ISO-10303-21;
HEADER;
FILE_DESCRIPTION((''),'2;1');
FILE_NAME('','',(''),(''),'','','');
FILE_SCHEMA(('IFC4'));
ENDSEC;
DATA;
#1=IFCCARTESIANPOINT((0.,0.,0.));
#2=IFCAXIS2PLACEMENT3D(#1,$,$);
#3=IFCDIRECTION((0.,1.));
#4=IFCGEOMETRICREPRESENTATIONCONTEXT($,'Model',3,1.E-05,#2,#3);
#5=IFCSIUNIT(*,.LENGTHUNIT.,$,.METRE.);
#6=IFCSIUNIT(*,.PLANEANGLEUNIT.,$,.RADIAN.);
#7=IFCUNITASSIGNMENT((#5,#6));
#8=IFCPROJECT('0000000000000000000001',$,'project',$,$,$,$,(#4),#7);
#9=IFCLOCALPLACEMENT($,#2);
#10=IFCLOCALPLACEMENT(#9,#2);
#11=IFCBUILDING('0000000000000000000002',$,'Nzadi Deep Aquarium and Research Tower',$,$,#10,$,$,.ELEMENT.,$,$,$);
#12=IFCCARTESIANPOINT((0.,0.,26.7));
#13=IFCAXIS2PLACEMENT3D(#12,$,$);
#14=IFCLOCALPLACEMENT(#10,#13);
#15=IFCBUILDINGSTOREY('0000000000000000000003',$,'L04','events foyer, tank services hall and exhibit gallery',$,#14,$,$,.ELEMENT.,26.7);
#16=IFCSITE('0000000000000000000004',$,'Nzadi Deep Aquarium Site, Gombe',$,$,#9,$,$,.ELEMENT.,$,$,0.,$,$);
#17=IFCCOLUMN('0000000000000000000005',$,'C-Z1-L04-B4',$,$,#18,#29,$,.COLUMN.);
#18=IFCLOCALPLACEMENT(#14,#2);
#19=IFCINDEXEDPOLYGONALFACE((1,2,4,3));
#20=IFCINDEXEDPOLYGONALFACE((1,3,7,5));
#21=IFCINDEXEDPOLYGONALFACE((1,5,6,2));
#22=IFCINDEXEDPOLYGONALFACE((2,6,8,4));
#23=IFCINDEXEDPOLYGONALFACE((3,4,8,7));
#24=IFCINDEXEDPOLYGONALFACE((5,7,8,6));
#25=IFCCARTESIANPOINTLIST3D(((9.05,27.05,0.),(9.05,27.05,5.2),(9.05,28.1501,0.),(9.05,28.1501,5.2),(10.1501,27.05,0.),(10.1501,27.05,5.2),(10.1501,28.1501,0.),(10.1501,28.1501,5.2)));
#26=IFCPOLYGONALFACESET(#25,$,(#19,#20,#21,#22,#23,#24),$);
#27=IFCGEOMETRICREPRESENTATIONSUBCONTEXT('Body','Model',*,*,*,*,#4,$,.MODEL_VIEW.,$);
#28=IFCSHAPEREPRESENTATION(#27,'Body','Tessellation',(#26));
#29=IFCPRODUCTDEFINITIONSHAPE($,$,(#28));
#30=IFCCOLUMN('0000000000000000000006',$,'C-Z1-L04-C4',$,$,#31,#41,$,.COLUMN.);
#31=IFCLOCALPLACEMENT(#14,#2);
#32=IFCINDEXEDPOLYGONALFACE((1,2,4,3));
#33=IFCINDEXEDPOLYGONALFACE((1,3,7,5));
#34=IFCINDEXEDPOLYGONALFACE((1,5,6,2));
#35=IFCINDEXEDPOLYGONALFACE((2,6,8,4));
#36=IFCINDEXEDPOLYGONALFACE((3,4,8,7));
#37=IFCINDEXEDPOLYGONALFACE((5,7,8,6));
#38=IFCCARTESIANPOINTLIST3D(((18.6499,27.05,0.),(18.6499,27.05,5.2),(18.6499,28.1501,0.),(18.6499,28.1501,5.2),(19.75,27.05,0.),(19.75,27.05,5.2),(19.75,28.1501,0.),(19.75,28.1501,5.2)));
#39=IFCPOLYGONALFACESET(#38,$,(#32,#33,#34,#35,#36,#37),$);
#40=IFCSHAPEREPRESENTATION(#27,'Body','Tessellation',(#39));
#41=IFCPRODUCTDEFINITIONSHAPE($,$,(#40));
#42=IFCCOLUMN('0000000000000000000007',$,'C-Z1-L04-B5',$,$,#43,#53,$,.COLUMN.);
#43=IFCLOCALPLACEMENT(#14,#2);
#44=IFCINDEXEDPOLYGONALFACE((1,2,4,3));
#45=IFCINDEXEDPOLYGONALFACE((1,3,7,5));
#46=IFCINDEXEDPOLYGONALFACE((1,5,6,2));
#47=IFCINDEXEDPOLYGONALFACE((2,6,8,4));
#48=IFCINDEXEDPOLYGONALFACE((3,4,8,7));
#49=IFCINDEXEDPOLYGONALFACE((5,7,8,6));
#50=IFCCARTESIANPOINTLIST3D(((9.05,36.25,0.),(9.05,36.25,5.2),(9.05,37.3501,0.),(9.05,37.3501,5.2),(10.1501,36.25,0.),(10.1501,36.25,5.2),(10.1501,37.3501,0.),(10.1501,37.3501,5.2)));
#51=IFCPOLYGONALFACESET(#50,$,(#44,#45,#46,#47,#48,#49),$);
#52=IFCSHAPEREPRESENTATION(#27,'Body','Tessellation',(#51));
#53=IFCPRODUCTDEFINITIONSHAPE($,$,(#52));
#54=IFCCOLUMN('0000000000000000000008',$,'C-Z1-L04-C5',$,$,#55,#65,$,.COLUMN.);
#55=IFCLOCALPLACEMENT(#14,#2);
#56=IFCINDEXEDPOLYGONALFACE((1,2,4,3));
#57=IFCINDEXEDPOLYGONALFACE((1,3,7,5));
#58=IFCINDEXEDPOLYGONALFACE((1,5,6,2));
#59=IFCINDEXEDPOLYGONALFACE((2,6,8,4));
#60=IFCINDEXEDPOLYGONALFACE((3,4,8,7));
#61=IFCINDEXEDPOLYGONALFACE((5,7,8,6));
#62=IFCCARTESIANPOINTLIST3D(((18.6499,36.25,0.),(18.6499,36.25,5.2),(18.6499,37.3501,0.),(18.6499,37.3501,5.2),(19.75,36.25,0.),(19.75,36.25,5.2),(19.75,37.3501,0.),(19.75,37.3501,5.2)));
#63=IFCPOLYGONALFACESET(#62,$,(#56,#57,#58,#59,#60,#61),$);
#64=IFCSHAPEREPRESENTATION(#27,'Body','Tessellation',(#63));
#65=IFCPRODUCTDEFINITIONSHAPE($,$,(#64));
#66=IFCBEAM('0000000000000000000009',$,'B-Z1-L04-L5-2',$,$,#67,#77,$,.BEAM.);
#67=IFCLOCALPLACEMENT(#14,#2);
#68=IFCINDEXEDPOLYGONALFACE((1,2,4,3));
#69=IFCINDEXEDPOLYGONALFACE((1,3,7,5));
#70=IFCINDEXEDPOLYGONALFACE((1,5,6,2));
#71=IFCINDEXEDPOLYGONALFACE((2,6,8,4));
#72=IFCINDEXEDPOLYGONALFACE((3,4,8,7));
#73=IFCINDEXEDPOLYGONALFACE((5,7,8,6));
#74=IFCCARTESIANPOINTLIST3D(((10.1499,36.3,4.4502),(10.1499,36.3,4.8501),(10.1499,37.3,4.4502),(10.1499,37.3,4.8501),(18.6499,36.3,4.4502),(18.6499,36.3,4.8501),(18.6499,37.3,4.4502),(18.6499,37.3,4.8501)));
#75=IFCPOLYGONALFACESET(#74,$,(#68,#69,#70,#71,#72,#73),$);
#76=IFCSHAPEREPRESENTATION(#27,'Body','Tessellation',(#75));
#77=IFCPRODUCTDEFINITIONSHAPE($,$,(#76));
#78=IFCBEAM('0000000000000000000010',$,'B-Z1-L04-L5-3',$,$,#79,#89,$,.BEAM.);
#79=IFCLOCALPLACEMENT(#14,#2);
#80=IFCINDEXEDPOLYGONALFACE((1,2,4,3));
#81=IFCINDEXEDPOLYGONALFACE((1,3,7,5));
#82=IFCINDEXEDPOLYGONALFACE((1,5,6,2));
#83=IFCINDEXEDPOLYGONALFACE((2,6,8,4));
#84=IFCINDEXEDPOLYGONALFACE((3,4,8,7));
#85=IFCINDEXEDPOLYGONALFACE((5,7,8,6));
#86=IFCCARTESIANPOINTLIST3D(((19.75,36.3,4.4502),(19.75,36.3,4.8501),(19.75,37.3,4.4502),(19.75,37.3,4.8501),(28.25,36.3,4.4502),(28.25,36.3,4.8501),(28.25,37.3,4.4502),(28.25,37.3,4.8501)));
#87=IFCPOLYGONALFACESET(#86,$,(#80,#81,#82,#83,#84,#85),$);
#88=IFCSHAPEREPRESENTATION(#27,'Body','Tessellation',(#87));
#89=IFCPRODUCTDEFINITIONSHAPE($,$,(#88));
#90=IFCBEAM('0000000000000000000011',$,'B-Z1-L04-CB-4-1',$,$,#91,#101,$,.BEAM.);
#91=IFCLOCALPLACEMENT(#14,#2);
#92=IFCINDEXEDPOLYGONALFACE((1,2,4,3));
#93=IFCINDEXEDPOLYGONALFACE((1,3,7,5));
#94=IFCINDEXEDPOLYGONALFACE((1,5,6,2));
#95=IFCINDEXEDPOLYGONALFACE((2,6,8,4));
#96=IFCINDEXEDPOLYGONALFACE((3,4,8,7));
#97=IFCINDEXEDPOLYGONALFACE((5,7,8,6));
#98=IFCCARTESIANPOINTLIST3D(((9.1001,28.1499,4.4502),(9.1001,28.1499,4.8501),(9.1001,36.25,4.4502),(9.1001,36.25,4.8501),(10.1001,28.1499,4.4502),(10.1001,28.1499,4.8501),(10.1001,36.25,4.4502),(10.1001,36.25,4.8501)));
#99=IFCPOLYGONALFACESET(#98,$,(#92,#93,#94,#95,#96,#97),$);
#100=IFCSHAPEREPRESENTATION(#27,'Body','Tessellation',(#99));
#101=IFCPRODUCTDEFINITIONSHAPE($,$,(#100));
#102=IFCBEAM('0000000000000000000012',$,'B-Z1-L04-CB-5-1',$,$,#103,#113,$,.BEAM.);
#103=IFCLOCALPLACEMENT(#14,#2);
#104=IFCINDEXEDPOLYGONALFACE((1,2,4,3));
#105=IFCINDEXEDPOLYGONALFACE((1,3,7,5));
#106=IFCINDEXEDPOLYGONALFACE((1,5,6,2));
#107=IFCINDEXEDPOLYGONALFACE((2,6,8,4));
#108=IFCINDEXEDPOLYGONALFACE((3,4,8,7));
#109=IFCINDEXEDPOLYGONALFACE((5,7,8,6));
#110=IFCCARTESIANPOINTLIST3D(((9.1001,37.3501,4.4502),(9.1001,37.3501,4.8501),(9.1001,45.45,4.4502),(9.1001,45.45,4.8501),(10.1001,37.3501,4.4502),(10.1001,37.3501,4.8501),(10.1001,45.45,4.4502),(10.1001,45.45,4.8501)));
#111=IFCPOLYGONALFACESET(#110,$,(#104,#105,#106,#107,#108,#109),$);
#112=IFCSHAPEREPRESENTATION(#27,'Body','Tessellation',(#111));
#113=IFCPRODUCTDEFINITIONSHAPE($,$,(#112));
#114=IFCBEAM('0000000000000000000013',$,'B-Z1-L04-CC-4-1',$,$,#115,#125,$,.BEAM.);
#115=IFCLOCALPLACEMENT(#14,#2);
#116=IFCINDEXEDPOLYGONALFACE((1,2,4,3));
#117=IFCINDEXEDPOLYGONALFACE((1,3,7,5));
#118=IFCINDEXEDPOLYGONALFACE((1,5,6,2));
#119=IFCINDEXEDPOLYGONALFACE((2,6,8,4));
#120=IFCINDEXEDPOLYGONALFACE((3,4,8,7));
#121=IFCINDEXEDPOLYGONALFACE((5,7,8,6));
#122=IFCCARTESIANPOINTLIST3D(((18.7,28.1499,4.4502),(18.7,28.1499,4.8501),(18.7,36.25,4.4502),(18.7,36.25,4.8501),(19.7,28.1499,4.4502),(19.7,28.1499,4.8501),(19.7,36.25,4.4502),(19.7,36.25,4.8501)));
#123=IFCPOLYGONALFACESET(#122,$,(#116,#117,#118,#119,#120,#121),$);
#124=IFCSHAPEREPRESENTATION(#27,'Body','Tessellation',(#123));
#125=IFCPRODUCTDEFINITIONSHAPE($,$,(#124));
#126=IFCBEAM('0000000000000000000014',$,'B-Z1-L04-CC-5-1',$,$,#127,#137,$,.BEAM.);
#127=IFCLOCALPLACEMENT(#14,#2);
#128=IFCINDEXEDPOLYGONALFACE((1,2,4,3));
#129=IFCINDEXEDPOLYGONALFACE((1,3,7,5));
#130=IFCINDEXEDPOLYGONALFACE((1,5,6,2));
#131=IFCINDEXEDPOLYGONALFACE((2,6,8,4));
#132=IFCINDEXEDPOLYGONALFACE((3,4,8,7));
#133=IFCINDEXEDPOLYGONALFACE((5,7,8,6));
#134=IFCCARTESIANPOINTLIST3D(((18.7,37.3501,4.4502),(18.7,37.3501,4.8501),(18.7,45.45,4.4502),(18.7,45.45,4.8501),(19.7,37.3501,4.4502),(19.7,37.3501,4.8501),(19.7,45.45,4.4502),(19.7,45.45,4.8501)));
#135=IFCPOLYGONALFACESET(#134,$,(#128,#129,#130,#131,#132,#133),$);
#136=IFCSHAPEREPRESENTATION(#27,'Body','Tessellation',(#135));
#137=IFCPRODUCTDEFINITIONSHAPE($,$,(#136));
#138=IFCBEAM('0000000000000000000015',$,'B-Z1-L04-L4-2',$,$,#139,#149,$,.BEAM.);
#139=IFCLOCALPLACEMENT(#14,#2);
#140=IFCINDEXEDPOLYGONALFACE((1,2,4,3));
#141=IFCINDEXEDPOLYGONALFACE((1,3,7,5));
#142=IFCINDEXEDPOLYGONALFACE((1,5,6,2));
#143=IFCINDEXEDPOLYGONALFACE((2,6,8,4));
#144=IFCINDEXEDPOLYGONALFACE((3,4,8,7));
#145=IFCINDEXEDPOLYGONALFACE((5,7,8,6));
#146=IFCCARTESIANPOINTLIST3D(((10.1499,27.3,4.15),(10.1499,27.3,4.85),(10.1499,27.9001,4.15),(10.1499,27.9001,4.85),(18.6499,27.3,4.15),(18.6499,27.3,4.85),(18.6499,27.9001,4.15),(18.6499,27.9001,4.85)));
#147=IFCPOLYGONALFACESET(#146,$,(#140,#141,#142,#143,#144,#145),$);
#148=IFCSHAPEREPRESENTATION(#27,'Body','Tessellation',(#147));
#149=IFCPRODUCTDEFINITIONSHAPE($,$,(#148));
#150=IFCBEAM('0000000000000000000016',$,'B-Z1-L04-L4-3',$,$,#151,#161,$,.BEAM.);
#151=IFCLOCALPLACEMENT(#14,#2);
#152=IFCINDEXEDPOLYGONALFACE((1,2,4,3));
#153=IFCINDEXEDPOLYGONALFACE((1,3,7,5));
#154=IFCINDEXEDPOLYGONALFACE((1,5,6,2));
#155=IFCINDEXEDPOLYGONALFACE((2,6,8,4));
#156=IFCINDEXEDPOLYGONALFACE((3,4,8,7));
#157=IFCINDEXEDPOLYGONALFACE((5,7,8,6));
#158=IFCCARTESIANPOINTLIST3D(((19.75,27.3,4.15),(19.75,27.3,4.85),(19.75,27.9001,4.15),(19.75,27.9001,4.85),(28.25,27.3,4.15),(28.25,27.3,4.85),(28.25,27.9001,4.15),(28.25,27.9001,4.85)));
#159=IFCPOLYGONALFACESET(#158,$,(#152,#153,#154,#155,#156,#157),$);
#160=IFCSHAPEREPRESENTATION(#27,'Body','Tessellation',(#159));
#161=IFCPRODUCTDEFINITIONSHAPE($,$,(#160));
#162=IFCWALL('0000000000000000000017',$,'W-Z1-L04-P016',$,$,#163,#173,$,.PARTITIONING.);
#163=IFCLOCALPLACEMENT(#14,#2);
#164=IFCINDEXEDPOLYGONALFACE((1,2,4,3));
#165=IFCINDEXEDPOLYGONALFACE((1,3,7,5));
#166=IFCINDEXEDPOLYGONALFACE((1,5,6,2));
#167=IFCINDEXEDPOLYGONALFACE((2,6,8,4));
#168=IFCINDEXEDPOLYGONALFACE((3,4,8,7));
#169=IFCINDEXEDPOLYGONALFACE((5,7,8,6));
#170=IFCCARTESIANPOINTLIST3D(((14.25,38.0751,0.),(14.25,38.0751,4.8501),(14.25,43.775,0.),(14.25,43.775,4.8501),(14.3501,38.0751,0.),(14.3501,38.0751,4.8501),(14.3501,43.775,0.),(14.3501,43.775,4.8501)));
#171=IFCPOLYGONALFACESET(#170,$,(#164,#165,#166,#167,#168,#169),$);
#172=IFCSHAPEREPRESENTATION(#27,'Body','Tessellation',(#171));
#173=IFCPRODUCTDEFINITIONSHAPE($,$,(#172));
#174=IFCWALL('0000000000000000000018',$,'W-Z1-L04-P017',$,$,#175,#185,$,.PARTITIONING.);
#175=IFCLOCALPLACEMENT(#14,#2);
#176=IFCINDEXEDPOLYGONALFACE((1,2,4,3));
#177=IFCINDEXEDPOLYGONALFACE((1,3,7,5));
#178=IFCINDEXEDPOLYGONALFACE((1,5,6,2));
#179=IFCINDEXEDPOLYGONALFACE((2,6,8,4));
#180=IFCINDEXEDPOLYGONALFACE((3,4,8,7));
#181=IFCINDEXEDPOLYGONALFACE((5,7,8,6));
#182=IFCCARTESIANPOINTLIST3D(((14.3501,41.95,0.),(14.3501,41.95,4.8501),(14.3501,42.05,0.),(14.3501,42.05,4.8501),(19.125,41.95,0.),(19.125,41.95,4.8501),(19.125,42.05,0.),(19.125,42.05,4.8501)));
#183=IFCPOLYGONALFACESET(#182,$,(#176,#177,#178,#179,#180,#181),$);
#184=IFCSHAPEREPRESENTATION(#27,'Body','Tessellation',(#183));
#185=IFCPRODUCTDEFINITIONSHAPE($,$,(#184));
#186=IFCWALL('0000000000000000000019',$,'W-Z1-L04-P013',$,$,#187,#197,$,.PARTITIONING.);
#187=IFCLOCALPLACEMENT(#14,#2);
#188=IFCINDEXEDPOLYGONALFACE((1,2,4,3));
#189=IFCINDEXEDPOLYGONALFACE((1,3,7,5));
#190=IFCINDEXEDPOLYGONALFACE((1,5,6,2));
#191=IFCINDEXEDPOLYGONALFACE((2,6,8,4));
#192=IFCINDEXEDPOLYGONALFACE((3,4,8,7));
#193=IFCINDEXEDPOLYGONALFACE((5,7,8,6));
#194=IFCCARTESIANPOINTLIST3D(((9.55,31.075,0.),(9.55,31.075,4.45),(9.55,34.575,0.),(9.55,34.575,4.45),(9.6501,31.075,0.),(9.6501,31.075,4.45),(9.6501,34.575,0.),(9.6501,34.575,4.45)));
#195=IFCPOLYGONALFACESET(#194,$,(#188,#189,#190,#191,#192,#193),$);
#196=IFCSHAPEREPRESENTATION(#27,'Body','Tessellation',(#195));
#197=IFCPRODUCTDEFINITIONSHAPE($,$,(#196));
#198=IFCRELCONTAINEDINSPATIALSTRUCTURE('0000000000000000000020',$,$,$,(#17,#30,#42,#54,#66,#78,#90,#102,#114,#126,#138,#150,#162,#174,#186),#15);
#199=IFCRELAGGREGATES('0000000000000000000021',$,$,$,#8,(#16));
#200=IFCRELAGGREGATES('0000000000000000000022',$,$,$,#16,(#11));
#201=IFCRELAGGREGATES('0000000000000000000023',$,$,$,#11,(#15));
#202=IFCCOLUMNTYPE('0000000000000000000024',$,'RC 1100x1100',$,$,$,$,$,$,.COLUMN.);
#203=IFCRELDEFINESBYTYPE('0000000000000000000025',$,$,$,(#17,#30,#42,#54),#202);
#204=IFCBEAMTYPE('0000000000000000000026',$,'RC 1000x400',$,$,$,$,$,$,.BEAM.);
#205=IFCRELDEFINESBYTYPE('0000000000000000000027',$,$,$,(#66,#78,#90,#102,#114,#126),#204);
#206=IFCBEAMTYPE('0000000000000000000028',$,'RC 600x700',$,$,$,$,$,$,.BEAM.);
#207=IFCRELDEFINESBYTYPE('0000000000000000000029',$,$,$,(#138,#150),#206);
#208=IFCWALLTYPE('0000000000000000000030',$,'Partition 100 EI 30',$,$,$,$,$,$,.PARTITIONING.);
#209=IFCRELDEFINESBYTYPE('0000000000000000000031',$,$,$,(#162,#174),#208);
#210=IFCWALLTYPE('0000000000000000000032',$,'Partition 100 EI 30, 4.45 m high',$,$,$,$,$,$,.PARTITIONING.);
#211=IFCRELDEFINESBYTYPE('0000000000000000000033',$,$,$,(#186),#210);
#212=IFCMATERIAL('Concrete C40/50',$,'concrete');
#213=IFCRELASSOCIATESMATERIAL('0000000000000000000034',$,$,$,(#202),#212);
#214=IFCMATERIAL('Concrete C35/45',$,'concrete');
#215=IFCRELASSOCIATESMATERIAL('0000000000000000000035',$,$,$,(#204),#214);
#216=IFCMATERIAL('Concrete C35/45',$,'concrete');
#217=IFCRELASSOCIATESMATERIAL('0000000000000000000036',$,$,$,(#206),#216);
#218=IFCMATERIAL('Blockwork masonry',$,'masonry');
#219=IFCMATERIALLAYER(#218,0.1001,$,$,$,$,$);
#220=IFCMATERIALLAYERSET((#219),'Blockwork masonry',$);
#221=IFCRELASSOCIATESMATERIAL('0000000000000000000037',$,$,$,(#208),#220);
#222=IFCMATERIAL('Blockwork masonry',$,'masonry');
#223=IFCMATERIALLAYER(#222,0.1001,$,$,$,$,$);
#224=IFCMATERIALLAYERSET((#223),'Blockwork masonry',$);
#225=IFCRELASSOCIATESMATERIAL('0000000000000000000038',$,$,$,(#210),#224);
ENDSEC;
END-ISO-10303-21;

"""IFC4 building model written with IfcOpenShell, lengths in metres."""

from ifc_helpers import new_model, si_unit, direction, frame, frame_2d, origin, origin_2d, place, context, subcontext, project, spatial, rectangle, extrude, material, layer, layer_set, material_profile, profile_set, type_object, element, save


model = new_model("IFC4")

# Units and contexts
model_context = context("Model", 3, precision=1e-05, world=origin(), true_north=direction((0.0, 1.0)))
body_context = subcontext(model_context, "Body", "Model", "MODEL_VIEW")
ifc_project = project(units=[si_unit("LENGTHUNIT", "METRE"), si_unit("PLANEANGLEUNIT", "RADIAN")], contexts=[model_context])

# Site, building, storey
site_placement = place(None, origin())
site = spatial("IfcSite", under=ifc_project, at=site_placement, Name="Nzadi Deep Aquarium Site, Gombe", CompositionType="ELEMENT", RefElevation=0.0)
building_placement = place(site_placement, origin())
building = spatial("IfcBuilding", under=site, at=building_placement, Name="Nzadi Deep Aquarium and Research Tower", CompositionType="ELEMENT")
storey_placement = place(building_placement, frame((0.0, 0.0, 26.7)))
storey = spatial("IfcBuildingStorey", under=building, at=storey_placement, Name="L04", Description="events foyer, tank services hall and exhibit gallery", CompositionType="ELEMENT", Elevation=26.7)

# Columns
ifc_material_1 = material(Name="Concrete C40/50", Category="concrete")
ifc_material_profile_1 = material_profile(ifc_material_1, rectangle(XDim=1.1001, YDim=1.1001, at=origin_2d()))
ifc_profile_set_1 = profile_set([ifc_material_profile_1], Name="Concrete C40/50")
column_type = type_object("IfcColumnType", Name="RC 1100x1100", PredefinedType="COLUMN", material=ifc_profile_set_1)
for number, where, z_axis, x_axis, name in (
    (1, (9.6001, 27.6001, 0.0), (0.0, 0.0, 1.0), (1.0, 0.0, 0.0), "C-Z1-L04-B4"),
    (2, (19.2, 27.6001, 0.0), (0.0, 0.0, 1.0), (1.0, 0.0, 0.0), "C-Z1-L04-C4"),
    (3, (9.6001, 36.8, 0.0), (0.0, 0.0, 1.0), (1.0, 0.0, 0.0), "C-Z1-L04-B5"),
    (4, (19.2, 36.8, 0.0), (0.0, 0.0, 1.0), (1.0, 0.0, 0.0), "C-Z1-L04-C5"),
):
    element("IfcColumn", number, at=place(storey_placement, frame(where, z_axis=z_axis, x_axis=x_axis)), inside=storey, type_object=column_type, Name=name, PredefinedType="COLUMN", context=body_context, shape_type="SweptSolid", body=[
        extrude(rectangle(XDim=1.1001, YDim=1.1001, at=origin_2d()), origin(), (0.0, 0.0, 1.0), 5.2),
    ])

# Beams
ifc_material_2 = material(Name="Concrete C35/45", Category="concrete")
ifc_material_profile_2 = material_profile(ifc_material_2, rectangle(XDim=1.0, YDim=0.3999, at=origin_2d()))
ifc_profile_set_2 = profile_set([ifc_material_profile_2], Name="Concrete C35/45")
beam_type_1 = type_object("IfcBeamType", Name="RC 1000x400", PredefinedType="BEAM", material=ifc_profile_set_2)
for number, where, z_axis, x_axis, name in (
    (5, (10.1499, 36.8, 4.6501), (1.0, 0.0, 0.0), (0.0, 1.0, 0.0), "B-Z1-L04-L5-2"),
    (6, (19.75, 36.8, 4.6501), (1.0, 0.0, 0.0), (0.0, 1.0, 0.0), "B-Z1-L04-L5-3"),
):
    element("IfcBeam", number, at=place(storey_placement, frame(where, z_axis=z_axis, x_axis=x_axis)), inside=storey, type_object=beam_type_1, Name=name, PredefinedType="BEAM", context=body_context, shape_type="SweptSolid", body=[
        extrude(rectangle(XDim=1.0, YDim=0.3999, at=origin_2d()), origin(), (0.0, 0.0, 1.0), 8.5),
    ])
beam_1_placement = place(storey_placement, frame((9.6001, 28.1499, 4.6501), z_axis=(0.0, 1.0, 0.0), x_axis=(-1.0, 0.0, 0.0)))
element("IfcBeam", 7, at=beam_1_placement, inside=storey, type_object=beam_type_1, Name="B-Z1-L04-CB-4-1", PredefinedType="BEAM", context=body_context, shape_type="SweptSolid", body=[
    extrude(rectangle(XDim=1.0, YDim=0.3999, at=origin_2d()), origin(), (0.0, 0.0, 1.0), 8.1001),
])
beam_2_placement = place(storey_placement, frame((9.6001, 37.3501, 4.6501), z_axis=(0.0, 1.0, 0.0), x_axis=(-1.0, 0.0, 0.0)))
element("IfcBeam", 8, at=beam_2_placement, inside=storey, type_object=beam_type_1, Name="B-Z1-L04-CB-5-1", PredefinedType="BEAM", context=body_context, shape_type="SweptSolid", body=[
    extrude(rectangle(XDim=1.0, YDim=0.3999, at=origin_2d()), origin(), (0.0, 0.0, 1.0), 8.0999),
])
beam_3_placement = place(storey_placement, frame((19.2, 28.1499, 4.6501), z_axis=(0.0, 1.0, 0.0), x_axis=(-1.0, 0.0, 0.0)))
element("IfcBeam", 9, at=beam_3_placement, inside=storey, type_object=beam_type_1, Name="B-Z1-L04-CC-4-1", PredefinedType="BEAM", context=body_context, shape_type="SweptSolid", body=[
    extrude(rectangle(XDim=1.0, YDim=0.3999, at=origin_2d()), origin(), (0.0, 0.0, 1.0), 8.1001),
])
beam_4_placement = place(storey_placement, frame((19.2, 37.3501, 4.6501), z_axis=(0.0, 1.0, 0.0), x_axis=(-1.0, 0.0, 0.0)))
element("IfcBeam", 10, at=beam_4_placement, inside=storey, type_object=beam_type_1, Name="B-Z1-L04-CC-5-1", PredefinedType="BEAM", context=body_context, shape_type="SweptSolid", body=[
    extrude(rectangle(XDim=1.0, YDim=0.3999, at=origin_2d()), origin(), (0.0, 0.0, 1.0), 8.0999),
])
ifc_material_3 = material(Name="Concrete C35/45", Category="concrete")
ifc_material_profile_3 = material_profile(ifc_material_3, rectangle(XDim=0.6001, YDim=0.7, at=origin_2d()))
ifc_profile_set_3 = profile_set([ifc_material_profile_3], Name="Concrete C35/45")
beam_type_2 = type_object("IfcBeamType", Name="RC 600x700", PredefinedType="BEAM", material=ifc_profile_set_3)
for number, where, z_axis, x_axis, name in (
    (11, (10.1499, 27.6001, 4.5), (1.0, 0.0, 0.0), (0.0, 1.0, 0.0), "B-Z1-L04-L4-2"),
    (12, (19.75, 27.6001, 4.5), (1.0, 0.0, 0.0), (0.0, 1.0, 0.0), "B-Z1-L04-L4-3"),
):
    element("IfcBeam", number, at=place(storey_placement, frame(where, z_axis=z_axis, x_axis=x_axis)), inside=storey, type_object=beam_type_2, Name=name, PredefinedType="BEAM", context=body_context, shape_type="SweptSolid", body=[
        extrude(rectangle(XDim=0.6001, YDim=0.7, at=origin_2d()), origin(), (0.0, 0.0, 1.0), 8.5),
    ])

# Walls
ifc_material_4 = material(Name="Blockwork masonry", Category="masonry")
ifc_layer_1 = layer(ifc_material_4, 0.1001)
ifc_layer_set_1 = layer_set([ifc_layer_1], Name="Blockwork masonry")
wall_type_1 = type_object("IfcWallType", Name="Partition 100 EI 30", PredefinedType="PARTITIONING", material=ifc_layer_set_1)
wall_1_placement = place(storey_placement, frame((14.3, 38.075, 0.0), z_axis=(0.0, 0.0, 1.0), x_axis=(0.0, 1.0, 0.0)))
element("IfcWall", 13, at=wall_1_placement, inside=storey, type_object=wall_type_1, Name="W-Z1-L04-P016", PredefinedType="PARTITIONING", context=body_context, shape_type="SweptSolid", body=[
    extrude(rectangle(XDim=5.7, YDim=0.1001, at=frame_2d((2.8501, 0.0))), origin(), (0.0, 0.0, 1.0), 4.8501),
])
wall_2_placement = place(storey_placement, frame((14.3501, 42.0, 0.0), z_axis=(0.0, 0.0, 1.0), x_axis=(1.0, 0.0, 0.0)))
element("IfcWall", 14, at=wall_2_placement, inside=storey, type_object=wall_type_1, Name="W-Z1-L04-P017", PredefinedType="PARTITIONING", context=body_context, shape_type="SweptSolid", body=[
    extrude(rectangle(XDim=4.7749, YDim=0.1001, at=frame_2d((2.3875, 0.0))), origin(), (0.0, 0.0, 1.0), 4.8501),
])
ifc_material_5 = material(Name="Blockwork masonry", Category="masonry")
ifc_layer_2 = layer(ifc_material_5, 0.1001)
ifc_layer_set_2 = layer_set([ifc_layer_2], Name="Blockwork masonry")
wall_type_2 = type_object("IfcWallType", Name="Partition 100 EI 30, 4.45 m high", PredefinedType="PARTITIONING", material=ifc_layer_set_2)
wall_3_placement = place(storey_placement, frame((9.6001, 31.075, 0.0), z_axis=(0.0, 0.0, 1.0), x_axis=(0.0, 1.0, 0.0)))
element("IfcWall", 15, at=wall_3_placement, inside=storey, type_object=wall_type_2, Name="W-Z1-L04-P013", PredefinedType="PARTITIONING", context=body_context, shape_type="SweptSolid", body=[
    extrude(rectangle(XDim=3.5, YDim=0.1001, at=frame_2d((1.75, 0.0))), origin(), (0.0, 0.0, 1.0), 4.45),
])

save(model, "model.ifc")
